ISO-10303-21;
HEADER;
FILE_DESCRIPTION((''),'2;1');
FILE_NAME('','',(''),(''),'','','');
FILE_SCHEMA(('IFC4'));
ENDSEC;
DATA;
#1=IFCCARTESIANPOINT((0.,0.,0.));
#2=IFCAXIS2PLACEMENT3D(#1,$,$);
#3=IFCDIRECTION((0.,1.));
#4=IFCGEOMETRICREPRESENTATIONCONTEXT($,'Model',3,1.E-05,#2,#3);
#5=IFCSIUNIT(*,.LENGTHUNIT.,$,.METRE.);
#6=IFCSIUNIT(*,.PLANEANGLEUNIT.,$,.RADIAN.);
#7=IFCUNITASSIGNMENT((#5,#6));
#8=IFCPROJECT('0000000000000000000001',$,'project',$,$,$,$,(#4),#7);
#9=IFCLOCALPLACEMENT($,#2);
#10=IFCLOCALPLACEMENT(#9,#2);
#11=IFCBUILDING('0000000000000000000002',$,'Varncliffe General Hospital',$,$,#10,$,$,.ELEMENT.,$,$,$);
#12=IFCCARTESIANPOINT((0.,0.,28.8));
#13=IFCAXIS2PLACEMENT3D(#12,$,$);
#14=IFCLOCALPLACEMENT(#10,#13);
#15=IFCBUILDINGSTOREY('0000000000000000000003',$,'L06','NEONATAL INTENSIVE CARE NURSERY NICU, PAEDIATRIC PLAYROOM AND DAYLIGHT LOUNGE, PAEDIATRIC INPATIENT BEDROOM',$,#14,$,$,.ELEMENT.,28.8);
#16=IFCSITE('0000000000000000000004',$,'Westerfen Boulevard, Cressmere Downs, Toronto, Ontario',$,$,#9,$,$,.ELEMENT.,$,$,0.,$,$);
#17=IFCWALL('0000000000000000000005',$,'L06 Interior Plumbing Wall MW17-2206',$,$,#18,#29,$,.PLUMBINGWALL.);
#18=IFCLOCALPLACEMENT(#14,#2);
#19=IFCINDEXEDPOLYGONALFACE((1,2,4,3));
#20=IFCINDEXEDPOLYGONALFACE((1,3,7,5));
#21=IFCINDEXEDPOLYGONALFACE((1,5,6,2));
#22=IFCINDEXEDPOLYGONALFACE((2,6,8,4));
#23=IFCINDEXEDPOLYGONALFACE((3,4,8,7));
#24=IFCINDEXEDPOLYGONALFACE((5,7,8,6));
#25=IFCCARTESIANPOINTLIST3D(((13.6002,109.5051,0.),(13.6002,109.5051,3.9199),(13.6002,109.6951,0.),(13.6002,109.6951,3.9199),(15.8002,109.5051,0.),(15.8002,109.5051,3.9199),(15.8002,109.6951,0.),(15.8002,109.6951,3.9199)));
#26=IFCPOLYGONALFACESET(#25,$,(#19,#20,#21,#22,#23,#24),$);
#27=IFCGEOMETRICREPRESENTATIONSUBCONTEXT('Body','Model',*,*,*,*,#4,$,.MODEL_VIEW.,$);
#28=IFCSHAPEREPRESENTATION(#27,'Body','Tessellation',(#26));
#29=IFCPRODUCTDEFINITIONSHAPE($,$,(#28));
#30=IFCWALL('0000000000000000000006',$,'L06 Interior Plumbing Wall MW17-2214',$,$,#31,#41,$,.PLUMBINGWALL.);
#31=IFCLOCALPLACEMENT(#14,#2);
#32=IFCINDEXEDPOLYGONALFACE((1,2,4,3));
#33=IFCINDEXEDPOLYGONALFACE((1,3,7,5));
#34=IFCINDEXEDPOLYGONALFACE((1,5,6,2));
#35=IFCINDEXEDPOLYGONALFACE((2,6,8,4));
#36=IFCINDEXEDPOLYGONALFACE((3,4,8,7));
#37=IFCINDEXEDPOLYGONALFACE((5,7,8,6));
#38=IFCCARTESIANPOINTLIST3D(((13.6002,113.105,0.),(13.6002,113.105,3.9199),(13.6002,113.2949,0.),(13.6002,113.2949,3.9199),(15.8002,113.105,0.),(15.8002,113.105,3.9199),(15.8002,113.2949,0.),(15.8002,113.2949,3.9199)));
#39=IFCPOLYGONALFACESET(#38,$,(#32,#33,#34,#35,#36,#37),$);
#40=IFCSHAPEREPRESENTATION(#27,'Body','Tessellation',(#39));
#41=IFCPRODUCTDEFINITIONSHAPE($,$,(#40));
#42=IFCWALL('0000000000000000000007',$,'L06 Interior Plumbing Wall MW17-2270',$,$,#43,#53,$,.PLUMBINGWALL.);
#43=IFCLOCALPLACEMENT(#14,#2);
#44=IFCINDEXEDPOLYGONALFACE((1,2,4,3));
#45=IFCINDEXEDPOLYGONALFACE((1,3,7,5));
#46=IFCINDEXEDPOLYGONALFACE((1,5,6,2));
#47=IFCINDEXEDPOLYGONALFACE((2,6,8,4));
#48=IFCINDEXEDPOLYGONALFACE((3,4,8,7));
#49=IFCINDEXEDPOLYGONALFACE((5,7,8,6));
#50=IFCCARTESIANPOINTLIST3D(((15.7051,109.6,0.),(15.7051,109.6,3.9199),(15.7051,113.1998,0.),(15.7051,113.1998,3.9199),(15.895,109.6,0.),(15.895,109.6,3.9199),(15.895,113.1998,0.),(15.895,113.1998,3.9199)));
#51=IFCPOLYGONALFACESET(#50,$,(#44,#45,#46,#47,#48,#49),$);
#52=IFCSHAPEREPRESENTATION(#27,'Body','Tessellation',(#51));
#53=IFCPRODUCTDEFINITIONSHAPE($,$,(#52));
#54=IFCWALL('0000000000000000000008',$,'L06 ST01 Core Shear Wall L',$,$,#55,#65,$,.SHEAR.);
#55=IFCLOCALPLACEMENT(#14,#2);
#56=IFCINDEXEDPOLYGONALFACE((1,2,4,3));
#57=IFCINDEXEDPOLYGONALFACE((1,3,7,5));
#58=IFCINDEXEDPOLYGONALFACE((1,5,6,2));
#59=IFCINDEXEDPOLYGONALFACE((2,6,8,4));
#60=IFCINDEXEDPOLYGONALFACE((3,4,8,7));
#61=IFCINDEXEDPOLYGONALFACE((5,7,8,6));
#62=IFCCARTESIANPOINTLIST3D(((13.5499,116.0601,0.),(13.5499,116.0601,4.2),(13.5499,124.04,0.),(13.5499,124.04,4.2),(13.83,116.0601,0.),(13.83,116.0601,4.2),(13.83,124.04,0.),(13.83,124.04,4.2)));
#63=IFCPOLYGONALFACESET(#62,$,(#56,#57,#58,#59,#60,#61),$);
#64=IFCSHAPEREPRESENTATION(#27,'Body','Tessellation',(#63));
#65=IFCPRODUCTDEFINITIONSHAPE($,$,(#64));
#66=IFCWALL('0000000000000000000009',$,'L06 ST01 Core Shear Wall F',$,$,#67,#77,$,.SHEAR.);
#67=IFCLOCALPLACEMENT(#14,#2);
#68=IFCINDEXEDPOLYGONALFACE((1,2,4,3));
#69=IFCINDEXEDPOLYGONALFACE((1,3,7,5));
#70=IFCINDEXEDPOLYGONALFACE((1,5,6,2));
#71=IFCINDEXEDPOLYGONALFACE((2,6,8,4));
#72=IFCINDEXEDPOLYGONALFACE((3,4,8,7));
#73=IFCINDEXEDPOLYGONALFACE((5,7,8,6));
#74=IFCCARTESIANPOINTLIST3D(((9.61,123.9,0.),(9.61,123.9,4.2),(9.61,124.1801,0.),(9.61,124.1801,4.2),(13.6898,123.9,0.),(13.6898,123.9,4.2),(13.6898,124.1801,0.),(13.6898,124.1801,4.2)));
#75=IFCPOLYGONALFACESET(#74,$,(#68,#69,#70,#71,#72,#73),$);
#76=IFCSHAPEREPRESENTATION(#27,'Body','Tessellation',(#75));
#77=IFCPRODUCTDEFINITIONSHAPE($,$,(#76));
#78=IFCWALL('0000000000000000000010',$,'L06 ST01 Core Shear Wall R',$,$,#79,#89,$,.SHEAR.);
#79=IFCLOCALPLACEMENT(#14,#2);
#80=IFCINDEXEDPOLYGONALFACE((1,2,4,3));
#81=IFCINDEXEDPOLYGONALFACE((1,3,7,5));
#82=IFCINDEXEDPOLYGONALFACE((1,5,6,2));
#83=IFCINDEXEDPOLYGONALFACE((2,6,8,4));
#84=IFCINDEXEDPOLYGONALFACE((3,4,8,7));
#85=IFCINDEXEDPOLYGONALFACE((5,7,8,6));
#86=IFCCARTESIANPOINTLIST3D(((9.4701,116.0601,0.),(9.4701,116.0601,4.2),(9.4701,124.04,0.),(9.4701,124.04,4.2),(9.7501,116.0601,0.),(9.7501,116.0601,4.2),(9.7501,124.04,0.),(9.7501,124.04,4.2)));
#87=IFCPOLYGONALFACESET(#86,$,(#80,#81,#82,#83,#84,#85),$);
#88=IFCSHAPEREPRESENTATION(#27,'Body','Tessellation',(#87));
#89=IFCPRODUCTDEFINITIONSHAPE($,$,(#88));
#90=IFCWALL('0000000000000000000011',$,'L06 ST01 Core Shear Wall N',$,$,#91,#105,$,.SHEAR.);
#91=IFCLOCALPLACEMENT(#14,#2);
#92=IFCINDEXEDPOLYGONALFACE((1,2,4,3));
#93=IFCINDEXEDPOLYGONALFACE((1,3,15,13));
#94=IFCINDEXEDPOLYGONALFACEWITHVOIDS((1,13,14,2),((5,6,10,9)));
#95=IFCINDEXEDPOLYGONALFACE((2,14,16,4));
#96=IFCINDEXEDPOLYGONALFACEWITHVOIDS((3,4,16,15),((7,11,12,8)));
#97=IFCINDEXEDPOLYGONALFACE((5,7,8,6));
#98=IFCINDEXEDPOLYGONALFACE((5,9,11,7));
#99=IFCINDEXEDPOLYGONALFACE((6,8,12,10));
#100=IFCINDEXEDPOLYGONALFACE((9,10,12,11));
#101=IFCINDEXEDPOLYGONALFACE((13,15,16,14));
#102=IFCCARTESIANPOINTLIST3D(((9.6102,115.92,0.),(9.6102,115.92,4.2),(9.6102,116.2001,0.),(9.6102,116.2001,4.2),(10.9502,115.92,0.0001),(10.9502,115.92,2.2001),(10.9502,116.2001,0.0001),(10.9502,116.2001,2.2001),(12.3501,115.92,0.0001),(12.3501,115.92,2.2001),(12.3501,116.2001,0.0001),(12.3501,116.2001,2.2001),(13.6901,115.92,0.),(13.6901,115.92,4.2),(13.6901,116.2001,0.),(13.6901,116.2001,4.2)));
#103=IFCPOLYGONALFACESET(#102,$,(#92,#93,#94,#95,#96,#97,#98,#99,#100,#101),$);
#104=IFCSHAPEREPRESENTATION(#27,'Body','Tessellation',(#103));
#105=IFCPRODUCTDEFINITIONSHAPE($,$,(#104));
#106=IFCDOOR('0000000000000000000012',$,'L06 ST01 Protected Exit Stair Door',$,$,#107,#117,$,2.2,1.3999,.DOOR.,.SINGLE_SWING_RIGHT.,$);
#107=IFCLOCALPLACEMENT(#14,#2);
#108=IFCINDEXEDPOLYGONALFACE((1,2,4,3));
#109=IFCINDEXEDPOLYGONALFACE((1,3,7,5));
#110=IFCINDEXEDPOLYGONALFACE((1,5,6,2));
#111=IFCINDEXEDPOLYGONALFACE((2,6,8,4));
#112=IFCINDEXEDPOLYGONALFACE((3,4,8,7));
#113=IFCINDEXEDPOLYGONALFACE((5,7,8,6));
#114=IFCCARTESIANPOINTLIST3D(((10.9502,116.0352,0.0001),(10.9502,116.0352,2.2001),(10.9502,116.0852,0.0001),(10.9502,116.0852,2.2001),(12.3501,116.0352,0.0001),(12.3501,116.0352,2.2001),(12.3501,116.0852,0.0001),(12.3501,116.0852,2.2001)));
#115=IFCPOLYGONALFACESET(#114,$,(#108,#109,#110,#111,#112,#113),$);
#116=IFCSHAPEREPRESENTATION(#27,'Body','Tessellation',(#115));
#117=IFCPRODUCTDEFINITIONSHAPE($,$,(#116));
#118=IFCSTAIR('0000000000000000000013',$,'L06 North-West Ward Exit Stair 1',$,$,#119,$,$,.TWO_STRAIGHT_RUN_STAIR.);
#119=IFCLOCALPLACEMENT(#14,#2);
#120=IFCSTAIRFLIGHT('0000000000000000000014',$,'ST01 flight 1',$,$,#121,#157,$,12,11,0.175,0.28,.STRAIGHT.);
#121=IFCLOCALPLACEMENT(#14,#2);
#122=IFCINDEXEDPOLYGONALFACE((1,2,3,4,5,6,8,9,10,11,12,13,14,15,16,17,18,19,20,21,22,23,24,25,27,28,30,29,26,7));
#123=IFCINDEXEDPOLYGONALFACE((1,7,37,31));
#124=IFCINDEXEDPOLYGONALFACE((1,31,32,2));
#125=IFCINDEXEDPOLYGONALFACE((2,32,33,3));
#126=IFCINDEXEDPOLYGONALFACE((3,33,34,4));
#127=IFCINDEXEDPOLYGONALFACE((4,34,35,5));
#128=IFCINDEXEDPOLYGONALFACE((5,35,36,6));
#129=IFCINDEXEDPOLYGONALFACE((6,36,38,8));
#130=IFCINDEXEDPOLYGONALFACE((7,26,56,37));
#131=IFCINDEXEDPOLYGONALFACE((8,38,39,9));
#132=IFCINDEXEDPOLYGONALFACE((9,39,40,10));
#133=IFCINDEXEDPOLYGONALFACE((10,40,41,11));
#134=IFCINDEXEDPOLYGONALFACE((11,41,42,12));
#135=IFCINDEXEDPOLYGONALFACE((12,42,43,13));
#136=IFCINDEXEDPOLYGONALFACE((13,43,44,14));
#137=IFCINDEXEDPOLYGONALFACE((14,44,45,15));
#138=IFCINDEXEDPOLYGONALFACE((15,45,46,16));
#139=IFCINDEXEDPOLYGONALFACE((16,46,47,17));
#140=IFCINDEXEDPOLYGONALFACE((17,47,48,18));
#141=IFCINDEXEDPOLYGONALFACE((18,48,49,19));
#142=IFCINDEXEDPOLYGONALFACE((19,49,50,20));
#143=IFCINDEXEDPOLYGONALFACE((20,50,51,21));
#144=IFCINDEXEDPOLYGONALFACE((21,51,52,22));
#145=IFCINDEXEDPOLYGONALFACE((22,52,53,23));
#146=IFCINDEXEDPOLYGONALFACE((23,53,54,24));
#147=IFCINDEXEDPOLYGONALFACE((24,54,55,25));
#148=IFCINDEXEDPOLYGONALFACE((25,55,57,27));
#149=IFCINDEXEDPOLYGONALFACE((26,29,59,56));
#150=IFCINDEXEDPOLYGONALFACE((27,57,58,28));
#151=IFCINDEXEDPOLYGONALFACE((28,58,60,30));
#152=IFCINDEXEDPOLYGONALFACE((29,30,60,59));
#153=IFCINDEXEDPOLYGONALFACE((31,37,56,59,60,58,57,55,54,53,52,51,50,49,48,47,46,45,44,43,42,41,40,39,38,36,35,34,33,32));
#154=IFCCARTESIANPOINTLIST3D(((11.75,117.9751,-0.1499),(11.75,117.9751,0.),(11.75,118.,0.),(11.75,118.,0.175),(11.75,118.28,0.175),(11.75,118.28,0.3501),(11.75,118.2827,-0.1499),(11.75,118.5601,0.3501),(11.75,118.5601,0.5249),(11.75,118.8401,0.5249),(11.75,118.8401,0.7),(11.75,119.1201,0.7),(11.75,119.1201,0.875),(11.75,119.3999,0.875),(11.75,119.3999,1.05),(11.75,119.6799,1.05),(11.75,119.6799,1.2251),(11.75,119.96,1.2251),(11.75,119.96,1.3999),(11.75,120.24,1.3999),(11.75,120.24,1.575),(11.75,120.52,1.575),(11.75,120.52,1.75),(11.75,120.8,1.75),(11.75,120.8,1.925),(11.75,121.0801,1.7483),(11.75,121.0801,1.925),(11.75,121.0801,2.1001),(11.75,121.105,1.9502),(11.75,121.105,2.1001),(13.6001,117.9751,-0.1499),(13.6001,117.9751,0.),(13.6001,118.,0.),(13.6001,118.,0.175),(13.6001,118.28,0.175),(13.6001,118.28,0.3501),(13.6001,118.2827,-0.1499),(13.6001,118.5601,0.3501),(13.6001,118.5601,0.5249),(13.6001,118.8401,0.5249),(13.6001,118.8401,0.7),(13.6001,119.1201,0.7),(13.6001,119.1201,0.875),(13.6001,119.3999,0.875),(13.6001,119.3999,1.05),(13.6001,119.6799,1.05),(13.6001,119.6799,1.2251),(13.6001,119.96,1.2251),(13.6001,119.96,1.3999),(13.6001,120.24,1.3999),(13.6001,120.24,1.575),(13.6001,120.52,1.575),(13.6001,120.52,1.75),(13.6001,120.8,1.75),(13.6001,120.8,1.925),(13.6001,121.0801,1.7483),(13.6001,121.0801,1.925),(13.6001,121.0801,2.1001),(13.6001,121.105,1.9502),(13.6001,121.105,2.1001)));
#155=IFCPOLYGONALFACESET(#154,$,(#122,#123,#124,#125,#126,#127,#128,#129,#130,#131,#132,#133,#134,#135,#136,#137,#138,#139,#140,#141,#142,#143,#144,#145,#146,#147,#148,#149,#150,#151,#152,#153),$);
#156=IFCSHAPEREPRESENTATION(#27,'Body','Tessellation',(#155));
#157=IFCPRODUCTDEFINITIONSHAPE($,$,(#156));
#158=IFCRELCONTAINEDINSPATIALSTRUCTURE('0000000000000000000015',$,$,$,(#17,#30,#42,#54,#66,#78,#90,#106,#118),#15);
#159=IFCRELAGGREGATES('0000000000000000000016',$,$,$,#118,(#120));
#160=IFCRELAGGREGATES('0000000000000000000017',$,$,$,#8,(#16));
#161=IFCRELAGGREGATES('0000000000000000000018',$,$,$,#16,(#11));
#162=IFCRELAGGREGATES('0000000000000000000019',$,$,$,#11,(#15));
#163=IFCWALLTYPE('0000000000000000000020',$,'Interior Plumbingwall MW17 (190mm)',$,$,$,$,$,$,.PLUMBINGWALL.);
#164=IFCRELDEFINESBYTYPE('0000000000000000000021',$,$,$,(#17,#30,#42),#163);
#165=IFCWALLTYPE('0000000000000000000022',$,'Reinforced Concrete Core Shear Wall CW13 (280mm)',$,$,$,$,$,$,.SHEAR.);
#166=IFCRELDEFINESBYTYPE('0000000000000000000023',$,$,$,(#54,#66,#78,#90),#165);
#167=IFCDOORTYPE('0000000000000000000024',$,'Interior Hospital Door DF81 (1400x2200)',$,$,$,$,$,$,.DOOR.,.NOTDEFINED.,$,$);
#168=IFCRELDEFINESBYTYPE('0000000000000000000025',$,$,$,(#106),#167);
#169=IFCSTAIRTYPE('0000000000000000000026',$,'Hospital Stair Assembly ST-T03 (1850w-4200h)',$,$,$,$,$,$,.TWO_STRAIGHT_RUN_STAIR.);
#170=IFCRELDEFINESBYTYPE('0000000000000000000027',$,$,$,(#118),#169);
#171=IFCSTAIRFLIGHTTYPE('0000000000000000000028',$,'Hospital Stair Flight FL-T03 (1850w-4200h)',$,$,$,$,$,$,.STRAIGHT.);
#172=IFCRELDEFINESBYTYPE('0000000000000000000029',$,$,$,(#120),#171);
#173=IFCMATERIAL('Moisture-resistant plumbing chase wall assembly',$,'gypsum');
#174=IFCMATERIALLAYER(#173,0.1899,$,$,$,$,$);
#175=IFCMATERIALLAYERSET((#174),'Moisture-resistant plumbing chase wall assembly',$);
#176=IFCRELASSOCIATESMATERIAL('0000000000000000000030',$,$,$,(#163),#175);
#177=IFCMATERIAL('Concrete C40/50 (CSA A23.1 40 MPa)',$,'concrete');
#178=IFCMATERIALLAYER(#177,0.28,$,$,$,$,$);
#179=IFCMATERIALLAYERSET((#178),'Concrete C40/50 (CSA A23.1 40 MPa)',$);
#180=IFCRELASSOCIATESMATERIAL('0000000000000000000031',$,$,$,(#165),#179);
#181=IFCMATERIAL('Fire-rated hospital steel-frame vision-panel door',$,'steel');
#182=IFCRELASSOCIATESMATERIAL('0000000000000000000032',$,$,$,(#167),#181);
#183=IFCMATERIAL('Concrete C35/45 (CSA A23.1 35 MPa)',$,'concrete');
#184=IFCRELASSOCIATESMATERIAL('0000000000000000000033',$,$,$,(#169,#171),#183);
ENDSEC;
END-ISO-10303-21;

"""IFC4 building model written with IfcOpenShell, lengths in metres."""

from ifc_helpers import new_model, si_unit, direction, frame, frame_2d, origin, place, context, subcontext, project, spatial, polyline, rectangle, outline, extrude, material, layer, layer_set, type_object, element, fill, aggregate, save


model = new_model("IFC4")

# Units and contexts
model_context = context("Model", 3, precision=1e-05, world=origin(), true_north=direction((0.0, 1.0)))
body_context = subcontext(model_context, "Body", "Model", "MODEL_VIEW")
ifc_project = project(units=[si_unit("LENGTHUNIT", "METRE"), si_unit("PLANEANGLEUNIT", "RADIAN")], contexts=[model_context])

# Site, building, storey
site_placement = place(None, origin())
site = spatial("IfcSite", under=ifc_project, at=site_placement, Name="Westerfen Boulevard, Cressmere Downs, Toronto, Ontario", CompositionType="ELEMENT", RefElevation=0.0)
building_placement = place(site_placement, origin())
building = spatial("IfcBuilding", under=site, at=building_placement, Name="Varncliffe General Hospital", CompositionType="ELEMENT")
storey_placement = place(building_placement, frame((0.0, 0.0, 28.8)))
storey = spatial("IfcBuildingStorey", under=building, at=storey_placement, Name="L06", Description="NEONATAL INTENSIVE CARE NURSERY NICU, PAEDIATRIC PLAYROOM AND DAYLIGHT LOUNGE, PAEDIATRIC INPATIENT BEDROOM", CompositionType="ELEMENT", Elevation=28.8)

# Shared definitions
ifc_material_1 = material(Name="Concrete C40/50 (CSA A23.1 40 MPa)", Category="concrete")

# Shared definitions
ifc_material_2 = material(Name="Fire-rated hospital steel-frame vision-panel door", Category="steel")

# Walls
ifc_material_3 = material(Name="Moisture-resistant plumbing chase wall assembly", Category="gypsum")
ifc_layer_1 = layer(ifc_material_3, 0.1899)
ifc_layer_set_1 = layer_set([ifc_layer_1], Name="Moisture-resistant plumbing chase wall assembly")
wall_type_1 = type_object("IfcWallType", Name="Interior Plumbingwall MW17 (190mm)", PredefinedType="PLUMBINGWALL", material=ifc_layer_set_1)
for number, where, z_axis, x_axis, name in (
    (1, (13.6001, 109.6001, 0.0), (0.0, 0.0, 1.0), (1.0, 0.0, 0.0), "L06 Interior Plumbing Wall MW17-2206"),
    (2, (13.6001, 113.2, 0.0), (0.0, 0.0, 1.0), (1.0, 0.0, 0.0), "L06 Interior Plumbing Wall MW17-2214"),
):
    element("IfcWall", number, at=place(storey_placement, frame(where, z_axis=z_axis, x_axis=x_axis)), inside=storey, type_object=wall_type_1, Name=name, PredefinedType="PLUMBINGWALL", context=body_context, shape_type="SweptSolid", body=[
        extrude(rectangle(XDim=2.2, YDim=0.1899, at=frame_2d((1.1001, 0.0))), origin(), (0.0, 0.0, 1.0), 3.9199),
    ])
wall_1_placement = place(storey_placement, frame((15.8, 109.6001, 0.0), z_axis=(0.0, 0.0, 1.0), x_axis=(0.0, 1.0, 0.0)))
element("IfcWall", 3, at=wall_1_placement, inside=storey, type_object=wall_type_1, Name="L06 Interior Plumbing Wall MW17-2270", PredefinedType="PLUMBINGWALL", context=body_context, shape_type="SweptSolid", body=[
    extrude(rectangle(XDim=3.5999, YDim=0.1899, at=frame_2d((1.7998, 0.0))), origin(), (0.0, 0.0, 1.0), 3.9199),
])
ifc_layer_2 = layer(ifc_material_1, 0.28)
ifc_layer_set_2 = layer_set([ifc_layer_2], Name="Concrete C40/50 (CSA A23.1 40 MPa)")
wall_type_2 = type_object("IfcWallType", Name="Reinforced Concrete Core Shear Wall CW13 (280mm)", PredefinedType="SHEAR", material=ifc_layer_set_2)
wall_2_placement = place(storey_placement, frame((13.6899, 116.0601, 0.0), z_axis=(0.0, 0.0, 1.0), x_axis=(0.0, 1.0, 0.0)))
element("IfcWall", 4, at=wall_2_placement, inside=storey, type_object=wall_type_2, Name="L06 ST01 Core Shear Wall L", PredefinedType="SHEAR", context=body_context, shape_type="SweptSolid", body=[
    extrude(rectangle(XDim=7.98, YDim=0.28, at=frame_2d((3.99, 0.0))), origin(), (0.0, 0.0, 1.0), 4.2),
])
wall_3_placement = place(storey_placement, frame((13.6899, 124.04, 0.0), z_axis=(0.0, 0.0, 1.0), x_axis=(-1.0, 0.0, 0.0)))
element("IfcWall", 5, at=wall_3_placement, inside=storey, type_object=wall_type_2, Name="L06 ST01 Core Shear Wall F", PredefinedType="SHEAR", context=body_context, shape_type="SweptSolid", body=[
    extrude(rectangle(XDim=4.0798, YDim=0.28, at=frame_2d((2.04, 0.0))), origin(), (0.0, 0.0, 1.0), 4.2),
])
wall_4_placement = place(storey_placement, frame((9.6101, 124.04, 0.0), z_axis=(0.0, 0.0, 1.0), x_axis=(0.0, -1.0, 0.0)))
element("IfcWall", 6, at=wall_4_placement, inside=storey, type_object=wall_type_2, Name="L06 ST01 Core Shear Wall R", PredefinedType="SHEAR", context=body_context, shape_type="SweptSolid", body=[
    extrude(rectangle(XDim=7.98, YDim=0.28, at=frame_2d((3.99, 0.0))), origin(), (0.0, 0.0, 1.0), 4.2),
])

# Wall, opening, door
wall_5_placement = place(storey_placement, frame((9.6101, 116.0601, 0.0), z_axis=(0.0, 0.0, 1.0), x_axis=(1.0, 0.0, 0.0)))
wall_5 = element("IfcWall", 7, at=wall_5_placement, inside=storey, type_object=wall_type_2, Name="L06 ST01 Core Shear Wall N", PredefinedType="SHEAR", context=body_context, shape_type="SweptSolid", body=[
    extrude(rectangle(XDim=4.0798, YDim=0.28, at=frame_2d((2.04, 0.0))), origin(), (0.0, 0.0, 1.0), 4.2),
])
opening_1_placement = place(wall_5_placement, frame((1.3401, 0.0, 0.0)))
opening_1 = element("IfcOpeningElement", 8, at=opening_1_placement, cuts=wall_5, PredefinedType="OPENING", context=body_context, shape_type="SweptSolid", body=[
    extrude(rectangle(XDim=1.3999, YDim=2.2, at=frame_2d((0.7, 1.1001))), frame((0.0, 0.1499, 0.0), z_axis=(0.0, -1.0, 0.0), x_axis=(1.0, 0.0, 0.0)), (0.0, 0.0, 1.0), 0.3),
])
door_type_1 = type_object("IfcDoorType", Name="Interior Hospital Door DF81 (1400x2200)", OperationType="NOTDEFINED", PredefinedType="DOOR", material=ifc_material_2)
door_1_placement = place(opening_1_placement, frame((1.3999, 0.0, 0.0), z_axis=(0.0, 0.0, 1.0), x_axis=(-1.0, 0.0, 0.0)))
door_1 = element("IfcDoor", 9, at=door_1_placement, inside=storey, type_object=door_type_1, Name="L06 ST01 Protected Exit Stair Door", OperationType="SINGLE_SWING_RIGHT", OverallHeight=2.2, OverallWidth=1.3999, PredefinedType="DOOR", context=body_context, shape_type="SweptSolid", body=[
    extrude(rectangle(XDim=1.3999, YDim=2.2, at=frame_2d((0.7, 1.1001))), frame((0.0, 0.0249, 0.0), z_axis=(0.0, -1.0, 0.0), x_axis=(1.0, 0.0, 0.0)), (0.0, 0.0, 1.0), 0.05),
])
fill(opening_1, door_1)

# Stair, stair flight
ifc_material_4 = material(Name="Concrete C35/45 (CSA A23.1 35 MPa)", Category="concrete")
stair_type = type_object("IfcStairType", Name="Hospital Stair Assembly ST-T03 (1850w-4200h)", PredefinedType="TWO_STRAIGHT_RUN_STAIR", material=ifc_material_4)
stair_placement = place(storey_placement, origin())
stair = element("IfcStair", 10, at=stair_placement, inside=storey, type_object=stair_type, Name="L06 North-West Ward Exit Stair 1", PredefinedType="TWO_STRAIGHT_RUN_STAIR")
stair_flight_type = type_object("IfcStairFlightType", Name="Hospital Stair Flight FL-T03 (1850w-4200h)", PredefinedType="STRAIGHT", material=ifc_material_4)
stair_flight_1_placement = place(storey_placement, frame((12.675, 118.0, 0.0), z_axis=(0.0, 0.0, 1.0), x_axis=(0.0, 1.0, 0.0)))
stair_flight_1 = element("IfcStairFlight", 11, at=stair_flight_1_placement, type_object=stair_flight_type, Name="ST01 flight 1", NumberOfRisers=12, NumberOfTreads=11, PredefinedType="STRAIGHT", RiserHeight=0.175, TreadLength=0.28, context=body_context, shape_type="SweptSolid", body=[
    extrude(outline(polyline([(-0.0249, -0.1499), (-0.0249, 0.0), (0.0, 0.0), (0.0, 0.175), (0.28, 0.175), (0.28, 0.3501), (0.5601, 0.3501), (0.5601, 0.5249), (0.8401, 0.5249), (0.8401, 0.7), (1.1201, 0.7), (1.1201, 0.875), (1.3999, 0.875), (1.3999, 1.05), (1.6799, 1.05), (1.6799, 1.2251), (1.96, 1.2251), (1.96, 1.3999), (2.24, 1.3999), (2.24, 1.575), (2.52, 1.575), (2.52, 1.75), (2.8, 1.75), (2.8, 1.925), (3.0801, 1.925), (3.0801, 2.1001), (3.105, 2.1001), (3.105, 1.9502), (3.0801, 1.7483), (0.2827, -0.1499), (-0.0249, -0.1499)])), frame((0.0, 0.925, 0.0), z_axis=(0.0, -1.0, 0.0), x_axis=(1.0, 0.0, 0.0)), (0.0, 0.0, 1.0), 1.8501),
])
aggregate(stair, [stair_flight_1])

save(model, "model.ifc")
